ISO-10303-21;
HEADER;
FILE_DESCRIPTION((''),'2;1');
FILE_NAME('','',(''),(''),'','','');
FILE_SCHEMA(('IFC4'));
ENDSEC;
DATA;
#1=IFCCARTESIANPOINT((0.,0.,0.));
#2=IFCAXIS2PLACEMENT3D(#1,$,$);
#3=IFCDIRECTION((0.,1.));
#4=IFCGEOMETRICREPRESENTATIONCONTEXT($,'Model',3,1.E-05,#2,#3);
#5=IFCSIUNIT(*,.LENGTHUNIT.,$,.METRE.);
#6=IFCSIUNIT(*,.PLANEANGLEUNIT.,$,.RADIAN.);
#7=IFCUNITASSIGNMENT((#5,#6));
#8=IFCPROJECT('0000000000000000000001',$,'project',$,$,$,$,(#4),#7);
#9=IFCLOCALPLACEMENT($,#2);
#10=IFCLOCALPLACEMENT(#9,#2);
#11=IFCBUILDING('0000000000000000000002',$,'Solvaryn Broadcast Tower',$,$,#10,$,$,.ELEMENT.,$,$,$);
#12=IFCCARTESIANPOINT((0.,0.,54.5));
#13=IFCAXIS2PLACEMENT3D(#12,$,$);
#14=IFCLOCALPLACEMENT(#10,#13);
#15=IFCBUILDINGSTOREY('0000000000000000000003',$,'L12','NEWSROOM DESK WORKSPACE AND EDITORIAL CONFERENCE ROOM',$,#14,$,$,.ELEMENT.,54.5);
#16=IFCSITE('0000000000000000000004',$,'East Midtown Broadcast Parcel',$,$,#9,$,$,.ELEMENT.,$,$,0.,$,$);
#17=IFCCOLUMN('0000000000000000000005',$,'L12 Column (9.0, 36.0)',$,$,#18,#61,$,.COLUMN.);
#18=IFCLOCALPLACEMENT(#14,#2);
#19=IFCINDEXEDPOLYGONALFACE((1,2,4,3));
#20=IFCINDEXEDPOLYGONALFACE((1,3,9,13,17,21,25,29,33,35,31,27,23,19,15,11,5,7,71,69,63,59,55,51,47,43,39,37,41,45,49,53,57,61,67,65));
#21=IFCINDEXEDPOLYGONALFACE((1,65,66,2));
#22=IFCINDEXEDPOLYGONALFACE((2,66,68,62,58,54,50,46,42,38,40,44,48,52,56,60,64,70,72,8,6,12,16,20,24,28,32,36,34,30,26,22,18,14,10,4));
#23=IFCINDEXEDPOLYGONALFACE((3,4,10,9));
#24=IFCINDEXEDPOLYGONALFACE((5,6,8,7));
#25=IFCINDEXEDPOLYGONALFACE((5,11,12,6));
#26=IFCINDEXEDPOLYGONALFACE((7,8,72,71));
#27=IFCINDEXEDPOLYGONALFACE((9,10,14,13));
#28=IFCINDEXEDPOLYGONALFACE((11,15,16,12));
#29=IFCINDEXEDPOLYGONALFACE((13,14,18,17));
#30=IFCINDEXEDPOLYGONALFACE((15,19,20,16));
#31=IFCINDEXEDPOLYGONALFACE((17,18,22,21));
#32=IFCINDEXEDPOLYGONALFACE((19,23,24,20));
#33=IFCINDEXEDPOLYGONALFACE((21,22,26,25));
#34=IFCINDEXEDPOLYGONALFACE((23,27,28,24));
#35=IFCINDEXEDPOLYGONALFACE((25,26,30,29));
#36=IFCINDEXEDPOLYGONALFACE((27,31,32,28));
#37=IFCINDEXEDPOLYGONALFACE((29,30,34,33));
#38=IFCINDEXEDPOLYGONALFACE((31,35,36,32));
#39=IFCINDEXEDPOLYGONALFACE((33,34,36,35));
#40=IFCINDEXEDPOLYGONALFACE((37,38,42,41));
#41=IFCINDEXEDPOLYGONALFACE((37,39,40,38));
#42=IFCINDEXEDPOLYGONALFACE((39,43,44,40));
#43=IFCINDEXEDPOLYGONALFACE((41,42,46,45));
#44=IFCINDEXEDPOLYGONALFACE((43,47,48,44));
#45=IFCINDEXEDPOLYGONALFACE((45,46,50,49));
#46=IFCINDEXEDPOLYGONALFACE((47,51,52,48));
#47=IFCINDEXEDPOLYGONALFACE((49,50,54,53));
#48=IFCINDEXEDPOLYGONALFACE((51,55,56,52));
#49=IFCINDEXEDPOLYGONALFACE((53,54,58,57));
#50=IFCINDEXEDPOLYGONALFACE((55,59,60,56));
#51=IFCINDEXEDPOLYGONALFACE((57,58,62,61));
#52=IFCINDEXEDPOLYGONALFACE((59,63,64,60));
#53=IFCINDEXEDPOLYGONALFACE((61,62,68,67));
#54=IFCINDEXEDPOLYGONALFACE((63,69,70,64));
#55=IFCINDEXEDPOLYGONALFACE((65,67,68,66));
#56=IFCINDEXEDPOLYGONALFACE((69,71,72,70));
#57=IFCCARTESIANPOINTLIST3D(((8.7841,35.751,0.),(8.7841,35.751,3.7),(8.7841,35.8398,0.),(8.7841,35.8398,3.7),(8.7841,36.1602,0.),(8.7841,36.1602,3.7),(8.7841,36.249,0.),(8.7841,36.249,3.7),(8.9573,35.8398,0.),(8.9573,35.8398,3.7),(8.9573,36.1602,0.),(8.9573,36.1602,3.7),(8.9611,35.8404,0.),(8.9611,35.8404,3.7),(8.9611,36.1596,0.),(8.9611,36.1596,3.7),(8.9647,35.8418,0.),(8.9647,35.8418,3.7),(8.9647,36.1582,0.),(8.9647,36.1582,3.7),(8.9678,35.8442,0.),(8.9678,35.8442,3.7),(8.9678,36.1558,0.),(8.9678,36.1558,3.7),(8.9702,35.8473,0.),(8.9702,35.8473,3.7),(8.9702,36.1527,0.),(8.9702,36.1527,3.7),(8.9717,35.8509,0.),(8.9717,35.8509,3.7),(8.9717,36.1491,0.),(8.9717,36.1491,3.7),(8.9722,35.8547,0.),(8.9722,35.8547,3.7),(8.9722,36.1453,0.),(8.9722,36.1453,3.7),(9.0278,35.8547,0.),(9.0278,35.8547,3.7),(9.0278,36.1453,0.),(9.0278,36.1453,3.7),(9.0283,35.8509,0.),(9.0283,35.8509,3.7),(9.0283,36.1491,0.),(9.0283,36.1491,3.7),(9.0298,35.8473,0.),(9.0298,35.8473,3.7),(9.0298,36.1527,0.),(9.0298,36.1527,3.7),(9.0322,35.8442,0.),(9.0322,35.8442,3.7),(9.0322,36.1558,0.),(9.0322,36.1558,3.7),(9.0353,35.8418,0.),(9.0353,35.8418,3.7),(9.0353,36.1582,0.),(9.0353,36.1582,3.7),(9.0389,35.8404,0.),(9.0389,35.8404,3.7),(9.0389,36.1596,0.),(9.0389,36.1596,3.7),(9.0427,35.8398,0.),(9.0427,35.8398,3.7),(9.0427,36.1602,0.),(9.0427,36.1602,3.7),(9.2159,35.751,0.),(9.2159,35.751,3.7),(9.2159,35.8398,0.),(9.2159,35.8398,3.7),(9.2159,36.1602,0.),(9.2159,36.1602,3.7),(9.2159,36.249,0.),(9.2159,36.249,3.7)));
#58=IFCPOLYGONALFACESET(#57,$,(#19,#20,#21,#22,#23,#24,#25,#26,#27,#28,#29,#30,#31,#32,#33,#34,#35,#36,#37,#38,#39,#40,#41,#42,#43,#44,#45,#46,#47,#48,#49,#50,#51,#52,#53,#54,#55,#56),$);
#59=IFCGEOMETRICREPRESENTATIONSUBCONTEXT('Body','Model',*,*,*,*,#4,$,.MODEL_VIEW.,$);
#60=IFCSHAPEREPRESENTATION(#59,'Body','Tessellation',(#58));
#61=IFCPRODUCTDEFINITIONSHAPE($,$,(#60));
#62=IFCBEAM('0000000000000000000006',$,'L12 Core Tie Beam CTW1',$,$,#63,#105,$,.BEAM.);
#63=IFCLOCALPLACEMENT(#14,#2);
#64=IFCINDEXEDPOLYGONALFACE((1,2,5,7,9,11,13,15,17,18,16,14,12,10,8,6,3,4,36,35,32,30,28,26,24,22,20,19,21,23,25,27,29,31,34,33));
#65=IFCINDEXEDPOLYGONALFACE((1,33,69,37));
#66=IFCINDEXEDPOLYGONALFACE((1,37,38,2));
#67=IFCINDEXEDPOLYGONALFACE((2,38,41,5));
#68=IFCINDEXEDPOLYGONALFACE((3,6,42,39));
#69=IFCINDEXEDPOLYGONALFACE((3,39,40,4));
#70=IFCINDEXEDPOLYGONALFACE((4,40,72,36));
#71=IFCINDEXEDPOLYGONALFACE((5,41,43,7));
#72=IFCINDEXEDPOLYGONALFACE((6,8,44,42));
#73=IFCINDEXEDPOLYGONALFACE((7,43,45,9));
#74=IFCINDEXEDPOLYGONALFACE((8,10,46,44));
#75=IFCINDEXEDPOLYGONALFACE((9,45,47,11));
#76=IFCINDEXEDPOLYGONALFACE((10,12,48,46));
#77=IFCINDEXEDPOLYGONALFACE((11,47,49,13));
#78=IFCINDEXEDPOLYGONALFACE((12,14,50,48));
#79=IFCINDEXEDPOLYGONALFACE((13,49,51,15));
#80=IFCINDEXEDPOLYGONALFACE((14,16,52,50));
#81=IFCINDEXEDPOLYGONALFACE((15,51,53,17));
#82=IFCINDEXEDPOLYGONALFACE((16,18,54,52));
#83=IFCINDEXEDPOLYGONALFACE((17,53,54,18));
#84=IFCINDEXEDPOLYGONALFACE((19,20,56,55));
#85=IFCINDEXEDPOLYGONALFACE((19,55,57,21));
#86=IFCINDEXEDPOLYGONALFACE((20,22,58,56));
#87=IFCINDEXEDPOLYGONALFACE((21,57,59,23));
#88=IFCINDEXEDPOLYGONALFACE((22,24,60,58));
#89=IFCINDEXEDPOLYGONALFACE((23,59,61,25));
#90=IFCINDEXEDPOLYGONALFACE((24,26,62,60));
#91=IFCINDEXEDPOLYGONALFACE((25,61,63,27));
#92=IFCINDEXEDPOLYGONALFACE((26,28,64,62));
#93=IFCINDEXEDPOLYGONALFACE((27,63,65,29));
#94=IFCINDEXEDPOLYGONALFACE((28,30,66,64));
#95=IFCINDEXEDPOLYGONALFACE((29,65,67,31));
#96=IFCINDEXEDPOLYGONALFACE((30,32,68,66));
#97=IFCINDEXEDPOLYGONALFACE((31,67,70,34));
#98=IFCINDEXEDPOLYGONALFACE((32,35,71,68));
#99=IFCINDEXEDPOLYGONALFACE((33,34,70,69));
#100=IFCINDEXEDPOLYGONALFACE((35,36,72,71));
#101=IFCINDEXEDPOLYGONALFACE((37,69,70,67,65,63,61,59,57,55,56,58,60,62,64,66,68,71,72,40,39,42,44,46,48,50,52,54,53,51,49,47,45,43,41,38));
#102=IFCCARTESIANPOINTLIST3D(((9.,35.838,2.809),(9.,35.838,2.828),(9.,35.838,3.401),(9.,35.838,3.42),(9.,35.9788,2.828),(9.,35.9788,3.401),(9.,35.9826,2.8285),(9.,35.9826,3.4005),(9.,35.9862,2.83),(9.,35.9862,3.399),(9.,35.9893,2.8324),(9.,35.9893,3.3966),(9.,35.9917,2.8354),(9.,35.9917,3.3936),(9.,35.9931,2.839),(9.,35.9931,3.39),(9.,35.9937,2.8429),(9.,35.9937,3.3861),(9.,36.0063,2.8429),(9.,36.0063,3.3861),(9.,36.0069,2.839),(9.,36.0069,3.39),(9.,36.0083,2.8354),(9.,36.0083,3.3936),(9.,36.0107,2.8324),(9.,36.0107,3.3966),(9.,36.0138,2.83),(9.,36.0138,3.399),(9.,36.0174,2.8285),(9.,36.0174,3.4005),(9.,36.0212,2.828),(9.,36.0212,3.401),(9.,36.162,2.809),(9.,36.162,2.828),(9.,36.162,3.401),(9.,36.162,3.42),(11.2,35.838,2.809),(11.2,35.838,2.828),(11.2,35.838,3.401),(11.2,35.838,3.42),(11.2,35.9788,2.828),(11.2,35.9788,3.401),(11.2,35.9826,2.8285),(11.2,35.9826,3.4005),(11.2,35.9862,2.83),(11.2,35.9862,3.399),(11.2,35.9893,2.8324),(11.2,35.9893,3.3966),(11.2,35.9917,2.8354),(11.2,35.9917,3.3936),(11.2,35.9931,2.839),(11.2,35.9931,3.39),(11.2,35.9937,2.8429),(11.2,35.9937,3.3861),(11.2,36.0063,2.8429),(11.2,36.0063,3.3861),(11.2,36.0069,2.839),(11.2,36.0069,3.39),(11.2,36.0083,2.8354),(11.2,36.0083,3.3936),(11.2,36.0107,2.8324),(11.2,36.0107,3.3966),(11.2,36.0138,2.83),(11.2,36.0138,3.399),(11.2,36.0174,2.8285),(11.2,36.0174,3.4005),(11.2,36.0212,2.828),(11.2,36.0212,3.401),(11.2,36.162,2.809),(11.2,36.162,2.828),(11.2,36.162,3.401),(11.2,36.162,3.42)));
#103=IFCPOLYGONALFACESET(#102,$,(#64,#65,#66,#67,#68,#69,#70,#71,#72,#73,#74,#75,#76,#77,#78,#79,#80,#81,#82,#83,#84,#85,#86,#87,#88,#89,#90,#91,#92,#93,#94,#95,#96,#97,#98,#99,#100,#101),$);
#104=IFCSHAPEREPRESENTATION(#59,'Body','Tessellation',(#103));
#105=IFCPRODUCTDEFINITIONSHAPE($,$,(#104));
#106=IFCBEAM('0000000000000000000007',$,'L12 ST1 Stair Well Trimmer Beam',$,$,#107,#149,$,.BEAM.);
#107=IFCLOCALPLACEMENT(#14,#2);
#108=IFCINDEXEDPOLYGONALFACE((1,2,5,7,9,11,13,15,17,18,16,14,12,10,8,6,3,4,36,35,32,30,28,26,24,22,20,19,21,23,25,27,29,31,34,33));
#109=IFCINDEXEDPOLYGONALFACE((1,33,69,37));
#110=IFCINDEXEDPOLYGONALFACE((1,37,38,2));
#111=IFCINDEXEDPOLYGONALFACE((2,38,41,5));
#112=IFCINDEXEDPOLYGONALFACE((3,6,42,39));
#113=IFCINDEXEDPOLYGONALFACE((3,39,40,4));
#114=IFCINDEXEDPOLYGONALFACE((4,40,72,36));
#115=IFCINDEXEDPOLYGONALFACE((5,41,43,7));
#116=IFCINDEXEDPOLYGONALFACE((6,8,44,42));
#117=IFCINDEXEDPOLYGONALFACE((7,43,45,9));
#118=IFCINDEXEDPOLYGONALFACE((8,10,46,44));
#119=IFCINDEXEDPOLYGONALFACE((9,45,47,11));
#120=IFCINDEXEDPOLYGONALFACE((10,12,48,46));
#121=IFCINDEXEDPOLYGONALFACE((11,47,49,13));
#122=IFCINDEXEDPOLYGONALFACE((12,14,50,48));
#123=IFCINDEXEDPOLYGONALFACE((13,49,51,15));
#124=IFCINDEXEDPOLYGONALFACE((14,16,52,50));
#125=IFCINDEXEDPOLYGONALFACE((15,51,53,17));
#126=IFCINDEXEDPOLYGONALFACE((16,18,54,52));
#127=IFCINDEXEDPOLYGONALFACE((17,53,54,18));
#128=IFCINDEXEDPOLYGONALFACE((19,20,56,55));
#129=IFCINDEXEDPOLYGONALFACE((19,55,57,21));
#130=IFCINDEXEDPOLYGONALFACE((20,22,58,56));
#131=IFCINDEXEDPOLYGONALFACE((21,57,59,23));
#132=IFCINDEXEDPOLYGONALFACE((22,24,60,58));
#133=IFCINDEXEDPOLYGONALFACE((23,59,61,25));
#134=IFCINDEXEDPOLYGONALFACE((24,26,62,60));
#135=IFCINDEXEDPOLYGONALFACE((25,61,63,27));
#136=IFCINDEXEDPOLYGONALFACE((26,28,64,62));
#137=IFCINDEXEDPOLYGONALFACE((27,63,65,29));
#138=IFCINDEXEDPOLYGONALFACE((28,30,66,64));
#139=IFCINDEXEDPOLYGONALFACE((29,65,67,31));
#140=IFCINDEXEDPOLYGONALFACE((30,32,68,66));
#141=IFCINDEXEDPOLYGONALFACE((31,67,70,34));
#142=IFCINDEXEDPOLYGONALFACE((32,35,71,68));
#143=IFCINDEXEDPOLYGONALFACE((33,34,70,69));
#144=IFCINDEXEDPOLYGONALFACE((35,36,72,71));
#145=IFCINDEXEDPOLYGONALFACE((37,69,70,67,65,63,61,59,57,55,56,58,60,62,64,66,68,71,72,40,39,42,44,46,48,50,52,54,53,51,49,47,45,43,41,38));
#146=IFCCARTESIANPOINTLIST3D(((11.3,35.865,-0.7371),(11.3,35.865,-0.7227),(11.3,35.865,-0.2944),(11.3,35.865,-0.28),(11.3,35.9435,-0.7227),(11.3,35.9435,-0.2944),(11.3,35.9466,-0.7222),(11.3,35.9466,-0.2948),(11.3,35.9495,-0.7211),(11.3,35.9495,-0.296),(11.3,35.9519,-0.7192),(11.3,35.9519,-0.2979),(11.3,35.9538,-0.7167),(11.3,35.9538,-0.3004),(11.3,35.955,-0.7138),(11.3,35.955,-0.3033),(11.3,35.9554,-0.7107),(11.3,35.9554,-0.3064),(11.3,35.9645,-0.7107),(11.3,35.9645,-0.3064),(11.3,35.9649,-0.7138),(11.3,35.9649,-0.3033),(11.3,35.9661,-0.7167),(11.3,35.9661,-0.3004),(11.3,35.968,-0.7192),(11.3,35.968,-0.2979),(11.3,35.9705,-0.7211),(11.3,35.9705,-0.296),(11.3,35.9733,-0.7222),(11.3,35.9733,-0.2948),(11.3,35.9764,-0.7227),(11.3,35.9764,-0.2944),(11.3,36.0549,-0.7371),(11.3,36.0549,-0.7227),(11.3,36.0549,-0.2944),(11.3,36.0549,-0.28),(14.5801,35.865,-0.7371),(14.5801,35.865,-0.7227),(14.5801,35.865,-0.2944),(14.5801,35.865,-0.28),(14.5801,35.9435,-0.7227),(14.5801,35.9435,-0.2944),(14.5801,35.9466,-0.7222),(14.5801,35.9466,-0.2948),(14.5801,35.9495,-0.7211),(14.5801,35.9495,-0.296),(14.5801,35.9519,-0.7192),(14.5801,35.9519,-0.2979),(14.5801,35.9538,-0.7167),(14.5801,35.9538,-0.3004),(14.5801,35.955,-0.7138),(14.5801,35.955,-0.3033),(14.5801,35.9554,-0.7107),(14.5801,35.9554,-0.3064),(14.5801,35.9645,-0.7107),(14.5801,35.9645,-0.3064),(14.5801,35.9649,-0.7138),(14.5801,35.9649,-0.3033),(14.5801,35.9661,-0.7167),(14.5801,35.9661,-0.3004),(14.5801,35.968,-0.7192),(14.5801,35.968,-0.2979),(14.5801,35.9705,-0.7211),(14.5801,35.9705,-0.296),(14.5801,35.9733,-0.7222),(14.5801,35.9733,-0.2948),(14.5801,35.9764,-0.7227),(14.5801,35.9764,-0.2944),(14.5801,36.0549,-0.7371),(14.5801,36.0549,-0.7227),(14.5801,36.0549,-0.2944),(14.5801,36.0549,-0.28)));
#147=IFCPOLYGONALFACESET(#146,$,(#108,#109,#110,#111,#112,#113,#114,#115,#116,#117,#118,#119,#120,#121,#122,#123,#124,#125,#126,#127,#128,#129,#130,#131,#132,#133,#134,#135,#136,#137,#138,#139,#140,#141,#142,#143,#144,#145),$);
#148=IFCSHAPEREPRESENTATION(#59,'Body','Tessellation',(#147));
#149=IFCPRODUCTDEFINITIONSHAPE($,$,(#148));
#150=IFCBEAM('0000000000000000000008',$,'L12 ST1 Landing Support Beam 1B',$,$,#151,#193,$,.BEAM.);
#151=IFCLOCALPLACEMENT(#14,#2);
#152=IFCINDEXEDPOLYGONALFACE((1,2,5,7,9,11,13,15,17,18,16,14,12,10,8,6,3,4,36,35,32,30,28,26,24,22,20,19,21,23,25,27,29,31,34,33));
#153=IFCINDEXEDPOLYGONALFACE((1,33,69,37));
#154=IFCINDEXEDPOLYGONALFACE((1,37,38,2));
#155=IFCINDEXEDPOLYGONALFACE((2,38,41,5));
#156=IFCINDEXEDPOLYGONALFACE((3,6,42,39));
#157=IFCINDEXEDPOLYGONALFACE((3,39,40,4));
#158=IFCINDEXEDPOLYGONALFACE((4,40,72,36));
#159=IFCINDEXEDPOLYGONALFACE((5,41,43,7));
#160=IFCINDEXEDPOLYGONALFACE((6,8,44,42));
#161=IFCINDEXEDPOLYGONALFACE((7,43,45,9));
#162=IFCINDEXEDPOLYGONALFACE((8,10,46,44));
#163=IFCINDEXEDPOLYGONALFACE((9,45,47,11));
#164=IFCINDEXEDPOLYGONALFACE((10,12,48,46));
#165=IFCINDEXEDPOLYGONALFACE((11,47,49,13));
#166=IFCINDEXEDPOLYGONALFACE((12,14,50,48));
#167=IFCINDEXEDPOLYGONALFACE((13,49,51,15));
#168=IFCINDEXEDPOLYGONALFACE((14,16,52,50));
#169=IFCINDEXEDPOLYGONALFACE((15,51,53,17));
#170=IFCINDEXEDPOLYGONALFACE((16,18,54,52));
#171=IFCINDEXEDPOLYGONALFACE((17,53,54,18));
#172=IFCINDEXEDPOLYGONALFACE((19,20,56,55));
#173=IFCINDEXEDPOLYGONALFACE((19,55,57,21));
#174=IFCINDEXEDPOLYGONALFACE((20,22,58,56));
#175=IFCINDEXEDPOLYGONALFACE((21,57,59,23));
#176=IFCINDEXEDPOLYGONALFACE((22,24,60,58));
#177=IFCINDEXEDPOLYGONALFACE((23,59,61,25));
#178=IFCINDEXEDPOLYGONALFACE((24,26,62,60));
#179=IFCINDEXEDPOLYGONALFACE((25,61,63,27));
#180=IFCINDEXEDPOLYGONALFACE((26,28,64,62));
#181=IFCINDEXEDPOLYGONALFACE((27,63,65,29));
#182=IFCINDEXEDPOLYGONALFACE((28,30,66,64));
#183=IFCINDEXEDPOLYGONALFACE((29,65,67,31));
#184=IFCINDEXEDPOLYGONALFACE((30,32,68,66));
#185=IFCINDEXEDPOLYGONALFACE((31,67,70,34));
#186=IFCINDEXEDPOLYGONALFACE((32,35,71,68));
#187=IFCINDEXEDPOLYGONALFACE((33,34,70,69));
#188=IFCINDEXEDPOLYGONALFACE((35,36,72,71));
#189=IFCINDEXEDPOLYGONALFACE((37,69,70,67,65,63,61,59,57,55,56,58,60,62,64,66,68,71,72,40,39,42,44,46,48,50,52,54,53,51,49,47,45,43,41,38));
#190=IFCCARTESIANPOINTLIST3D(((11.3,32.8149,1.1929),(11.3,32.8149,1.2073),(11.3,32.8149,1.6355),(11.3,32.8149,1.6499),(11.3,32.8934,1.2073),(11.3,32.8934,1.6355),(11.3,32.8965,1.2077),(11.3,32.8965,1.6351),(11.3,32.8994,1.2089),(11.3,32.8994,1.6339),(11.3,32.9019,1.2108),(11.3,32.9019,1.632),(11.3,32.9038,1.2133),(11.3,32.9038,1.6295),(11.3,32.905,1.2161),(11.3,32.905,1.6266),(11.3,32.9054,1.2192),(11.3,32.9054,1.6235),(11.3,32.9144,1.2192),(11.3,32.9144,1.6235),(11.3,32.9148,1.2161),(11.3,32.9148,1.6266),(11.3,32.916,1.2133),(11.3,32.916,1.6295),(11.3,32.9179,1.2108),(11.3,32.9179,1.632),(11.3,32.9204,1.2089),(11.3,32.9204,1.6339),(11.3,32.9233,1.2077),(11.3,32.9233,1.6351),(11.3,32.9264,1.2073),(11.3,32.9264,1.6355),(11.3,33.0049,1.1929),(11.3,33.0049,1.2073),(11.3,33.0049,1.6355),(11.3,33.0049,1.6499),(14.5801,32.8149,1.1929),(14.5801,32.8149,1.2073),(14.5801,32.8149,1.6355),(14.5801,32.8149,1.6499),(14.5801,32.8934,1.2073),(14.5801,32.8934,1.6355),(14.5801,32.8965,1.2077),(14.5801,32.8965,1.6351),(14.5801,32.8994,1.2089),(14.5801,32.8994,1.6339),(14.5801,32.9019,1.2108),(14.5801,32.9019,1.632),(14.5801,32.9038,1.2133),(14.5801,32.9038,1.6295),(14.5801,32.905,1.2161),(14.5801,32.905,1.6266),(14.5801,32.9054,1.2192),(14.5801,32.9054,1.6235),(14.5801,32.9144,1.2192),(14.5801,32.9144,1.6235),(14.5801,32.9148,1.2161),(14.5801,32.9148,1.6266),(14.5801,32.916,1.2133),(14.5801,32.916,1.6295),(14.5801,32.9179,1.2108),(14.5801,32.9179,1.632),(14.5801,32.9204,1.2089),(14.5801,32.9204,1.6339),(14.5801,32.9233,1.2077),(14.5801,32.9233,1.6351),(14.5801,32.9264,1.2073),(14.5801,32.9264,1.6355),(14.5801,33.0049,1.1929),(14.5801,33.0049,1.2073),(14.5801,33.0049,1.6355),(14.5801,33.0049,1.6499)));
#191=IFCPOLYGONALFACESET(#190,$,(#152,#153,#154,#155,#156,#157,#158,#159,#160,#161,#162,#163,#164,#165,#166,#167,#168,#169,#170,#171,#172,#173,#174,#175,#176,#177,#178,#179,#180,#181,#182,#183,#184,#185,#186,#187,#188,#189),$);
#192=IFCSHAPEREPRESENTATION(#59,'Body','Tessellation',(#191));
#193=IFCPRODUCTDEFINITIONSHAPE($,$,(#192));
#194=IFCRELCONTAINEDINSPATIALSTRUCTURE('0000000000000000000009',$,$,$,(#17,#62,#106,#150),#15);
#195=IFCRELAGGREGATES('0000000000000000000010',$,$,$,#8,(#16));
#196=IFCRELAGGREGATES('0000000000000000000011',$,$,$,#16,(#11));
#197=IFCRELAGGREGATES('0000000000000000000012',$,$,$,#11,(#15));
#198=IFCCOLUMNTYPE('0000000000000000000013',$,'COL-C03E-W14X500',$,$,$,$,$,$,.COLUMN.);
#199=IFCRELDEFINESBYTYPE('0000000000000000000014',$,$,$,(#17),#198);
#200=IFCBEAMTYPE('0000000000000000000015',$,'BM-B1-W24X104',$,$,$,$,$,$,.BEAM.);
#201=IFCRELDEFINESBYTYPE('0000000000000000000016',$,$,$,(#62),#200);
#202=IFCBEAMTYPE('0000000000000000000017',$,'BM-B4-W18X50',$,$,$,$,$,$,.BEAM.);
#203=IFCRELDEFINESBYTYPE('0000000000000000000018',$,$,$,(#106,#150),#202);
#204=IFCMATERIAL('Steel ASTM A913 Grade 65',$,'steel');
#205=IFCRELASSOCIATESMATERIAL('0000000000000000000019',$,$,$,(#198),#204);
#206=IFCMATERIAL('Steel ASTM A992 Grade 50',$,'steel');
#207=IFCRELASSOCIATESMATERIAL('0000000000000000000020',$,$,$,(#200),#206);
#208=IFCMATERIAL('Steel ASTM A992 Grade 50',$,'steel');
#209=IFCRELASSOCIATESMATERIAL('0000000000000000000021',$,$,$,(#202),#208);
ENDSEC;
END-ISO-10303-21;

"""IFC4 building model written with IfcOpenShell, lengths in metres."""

from ifc_helpers import new_model, si_unit, direction, frame, origin, origin_2d, place, context, subcontext, project, spatial, i_section, extrude, material, material_profile, profile_set, type_object, element, save


model = new_model("IFC4")

# Units and contexts
model_context = context("Model", 3, precision=1e-05, world=origin(), true_north=direction((0.0, 1.0)))
body_context = subcontext(model_context, "Body", "Model", "MODEL_VIEW")
ifc_project = project(units=[si_unit("LENGTHUNIT", "METRE"), si_unit("PLANEANGLEUNIT", "RADIAN")], contexts=[model_context])

# Site, building, storey
site_placement = place(None, origin())
site = spatial("IfcSite", under=ifc_project, at=site_placement, Name="East Midtown Broadcast Parcel", CompositionType="ELEMENT", RefElevation=0.0)
building_placement = place(site_placement, origin())
building = spatial("IfcBuilding", under=site, at=building_placement, Name="Solvaryn Broadcast Tower", CompositionType="ELEMENT")
storey_placement = place(building_placement, frame((0.0, 0.0, 54.5)))
storey = spatial("IfcBuildingStorey", under=building, at=storey_placement, Name="L12", Description="NEWSROOM DESK WORKSPACE AND EDITORIAL CONFERENCE ROOM", CompositionType="ELEMENT", Elevation=54.5)

# Column
ifc_material_1 = material(Name="Steel ASTM A913 Grade 65", Category="steel")
ifc_material_profile_1 = material_profile(ifc_material_1, i_section(OverallWidth=0.4319, OverallDepth=0.498, WebThickness=0.0557, FlangeThickness=0.0889, FilletRadius=0.0149, at=origin_2d()))
ifc_profile_set_1 = profile_set([ifc_material_profile_1], Name="Steel ASTM A913 Grade 65")
column_type = type_object("IfcColumnType", Name="COL-C03E-W14X500", PredefinedType="COLUMN", material=ifc_profile_set_1)
column_placement = place(storey_placement, frame((9.0, 36.0, 0.0), z_axis=(0.0, 0.0, 1.0), x_axis=(1.0, 0.0, 0.0)))
element("IfcColumn", 1, at=column_placement, inside=storey, type_object=column_type, Name="L12 Column (9.0, 36.0)", PredefinedType="COLUMN", context=body_context, shape_type="SweptSolid", body=[
    extrude(i_section(OverallWidth=0.4319, OverallDepth=0.498, WebThickness=0.0557, FlangeThickness=0.0889, FilletRadius=0.0149, at=origin_2d()), origin(), (0.0, 0.0, 1.0), 3.7),
])

# Beams
ifc_material_2 = material(Name="Steel ASTM A992 Grade 50", Category="steel")
ifc_material_profile_2 = material_profile(ifc_material_2, i_section(OverallWidth=0.324, OverallDepth=0.6111, WebThickness=0.0127, FlangeThickness=0.019, FilletRadius=0.0149, at=origin_2d()))
ifc_profile_set_2 = profile_set([ifc_material_profile_2], Name="Steel ASTM A992 Grade 50")
beam_type_1 = type_object("IfcBeamType", Name="BM-B1-W24X104", PredefinedType="BEAM", material=ifc_profile_set_2)
beam_1_placement = place(storey_placement, frame((9.0, 36.0, 3.1145), z_axis=(1.0, 0.0, 0.0), x_axis=(0.0, 1.0, 0.0)))
element("IfcBeam", 2, at=beam_1_placement, inside=storey, type_object=beam_type_1, Name="L12 Core Tie Beam CTW1", PredefinedType="BEAM", context=body_context, shape_type="SweptSolid", body=[
    extrude(i_section(OverallWidth=0.324, OverallDepth=0.6111, WebThickness=0.0127, FlangeThickness=0.019, FilletRadius=0.0149, at=origin_2d()), origin(), (0.0, 0.0, 1.0), 2.2),
])
ifc_material_3 = material(Name="Steel ASTM A992 Grade 50", Category="steel")
ifc_material_profile_3 = material_profile(ifc_material_3, i_section(OverallWidth=0.1899, OverallDepth=0.457, WebThickness=0.009, FlangeThickness=0.0144, FilletRadius=0.012, at=origin_2d()))
ifc_profile_set_3 = profile_set([ifc_material_profile_3], Name="Steel ASTM A992 Grade 50")
beam_type_2 = type_object("IfcBeamType", Name="BM-B4-W18X50", PredefinedType="BEAM", material=ifc_profile_set_3)
for number, where, z_axis, x_axis, name in (
    (3, (11.3, 35.96, -0.5085), (1.0, 0.0, 0.0), (0.0, 1.0, 0.0), "L12 ST1 Stair Well Trimmer Beam"),
    (4, (11.3, 32.9099, 1.4214), (1.0, 0.0, 0.0), (0.0, 1.0, 0.0), "L12 ST1 Landing Support Beam 1B"),
):
    element("IfcBeam", number, at=place(storey_placement, frame(where, z_axis=z_axis, x_axis=x_axis)), inside=storey, type_object=beam_type_2, Name=name, PredefinedType="BEAM", context=body_context, shape_type="SweptSolid", body=[
        extrude(i_section(OverallWidth=0.1899, OverallDepth=0.457, WebThickness=0.009, FlangeThickness=0.0144, FilletRadius=0.012, at=origin_2d()), origin(), (0.0, 0.0, 1.0), 3.28),
    ])

save(model, "model.ifc")
